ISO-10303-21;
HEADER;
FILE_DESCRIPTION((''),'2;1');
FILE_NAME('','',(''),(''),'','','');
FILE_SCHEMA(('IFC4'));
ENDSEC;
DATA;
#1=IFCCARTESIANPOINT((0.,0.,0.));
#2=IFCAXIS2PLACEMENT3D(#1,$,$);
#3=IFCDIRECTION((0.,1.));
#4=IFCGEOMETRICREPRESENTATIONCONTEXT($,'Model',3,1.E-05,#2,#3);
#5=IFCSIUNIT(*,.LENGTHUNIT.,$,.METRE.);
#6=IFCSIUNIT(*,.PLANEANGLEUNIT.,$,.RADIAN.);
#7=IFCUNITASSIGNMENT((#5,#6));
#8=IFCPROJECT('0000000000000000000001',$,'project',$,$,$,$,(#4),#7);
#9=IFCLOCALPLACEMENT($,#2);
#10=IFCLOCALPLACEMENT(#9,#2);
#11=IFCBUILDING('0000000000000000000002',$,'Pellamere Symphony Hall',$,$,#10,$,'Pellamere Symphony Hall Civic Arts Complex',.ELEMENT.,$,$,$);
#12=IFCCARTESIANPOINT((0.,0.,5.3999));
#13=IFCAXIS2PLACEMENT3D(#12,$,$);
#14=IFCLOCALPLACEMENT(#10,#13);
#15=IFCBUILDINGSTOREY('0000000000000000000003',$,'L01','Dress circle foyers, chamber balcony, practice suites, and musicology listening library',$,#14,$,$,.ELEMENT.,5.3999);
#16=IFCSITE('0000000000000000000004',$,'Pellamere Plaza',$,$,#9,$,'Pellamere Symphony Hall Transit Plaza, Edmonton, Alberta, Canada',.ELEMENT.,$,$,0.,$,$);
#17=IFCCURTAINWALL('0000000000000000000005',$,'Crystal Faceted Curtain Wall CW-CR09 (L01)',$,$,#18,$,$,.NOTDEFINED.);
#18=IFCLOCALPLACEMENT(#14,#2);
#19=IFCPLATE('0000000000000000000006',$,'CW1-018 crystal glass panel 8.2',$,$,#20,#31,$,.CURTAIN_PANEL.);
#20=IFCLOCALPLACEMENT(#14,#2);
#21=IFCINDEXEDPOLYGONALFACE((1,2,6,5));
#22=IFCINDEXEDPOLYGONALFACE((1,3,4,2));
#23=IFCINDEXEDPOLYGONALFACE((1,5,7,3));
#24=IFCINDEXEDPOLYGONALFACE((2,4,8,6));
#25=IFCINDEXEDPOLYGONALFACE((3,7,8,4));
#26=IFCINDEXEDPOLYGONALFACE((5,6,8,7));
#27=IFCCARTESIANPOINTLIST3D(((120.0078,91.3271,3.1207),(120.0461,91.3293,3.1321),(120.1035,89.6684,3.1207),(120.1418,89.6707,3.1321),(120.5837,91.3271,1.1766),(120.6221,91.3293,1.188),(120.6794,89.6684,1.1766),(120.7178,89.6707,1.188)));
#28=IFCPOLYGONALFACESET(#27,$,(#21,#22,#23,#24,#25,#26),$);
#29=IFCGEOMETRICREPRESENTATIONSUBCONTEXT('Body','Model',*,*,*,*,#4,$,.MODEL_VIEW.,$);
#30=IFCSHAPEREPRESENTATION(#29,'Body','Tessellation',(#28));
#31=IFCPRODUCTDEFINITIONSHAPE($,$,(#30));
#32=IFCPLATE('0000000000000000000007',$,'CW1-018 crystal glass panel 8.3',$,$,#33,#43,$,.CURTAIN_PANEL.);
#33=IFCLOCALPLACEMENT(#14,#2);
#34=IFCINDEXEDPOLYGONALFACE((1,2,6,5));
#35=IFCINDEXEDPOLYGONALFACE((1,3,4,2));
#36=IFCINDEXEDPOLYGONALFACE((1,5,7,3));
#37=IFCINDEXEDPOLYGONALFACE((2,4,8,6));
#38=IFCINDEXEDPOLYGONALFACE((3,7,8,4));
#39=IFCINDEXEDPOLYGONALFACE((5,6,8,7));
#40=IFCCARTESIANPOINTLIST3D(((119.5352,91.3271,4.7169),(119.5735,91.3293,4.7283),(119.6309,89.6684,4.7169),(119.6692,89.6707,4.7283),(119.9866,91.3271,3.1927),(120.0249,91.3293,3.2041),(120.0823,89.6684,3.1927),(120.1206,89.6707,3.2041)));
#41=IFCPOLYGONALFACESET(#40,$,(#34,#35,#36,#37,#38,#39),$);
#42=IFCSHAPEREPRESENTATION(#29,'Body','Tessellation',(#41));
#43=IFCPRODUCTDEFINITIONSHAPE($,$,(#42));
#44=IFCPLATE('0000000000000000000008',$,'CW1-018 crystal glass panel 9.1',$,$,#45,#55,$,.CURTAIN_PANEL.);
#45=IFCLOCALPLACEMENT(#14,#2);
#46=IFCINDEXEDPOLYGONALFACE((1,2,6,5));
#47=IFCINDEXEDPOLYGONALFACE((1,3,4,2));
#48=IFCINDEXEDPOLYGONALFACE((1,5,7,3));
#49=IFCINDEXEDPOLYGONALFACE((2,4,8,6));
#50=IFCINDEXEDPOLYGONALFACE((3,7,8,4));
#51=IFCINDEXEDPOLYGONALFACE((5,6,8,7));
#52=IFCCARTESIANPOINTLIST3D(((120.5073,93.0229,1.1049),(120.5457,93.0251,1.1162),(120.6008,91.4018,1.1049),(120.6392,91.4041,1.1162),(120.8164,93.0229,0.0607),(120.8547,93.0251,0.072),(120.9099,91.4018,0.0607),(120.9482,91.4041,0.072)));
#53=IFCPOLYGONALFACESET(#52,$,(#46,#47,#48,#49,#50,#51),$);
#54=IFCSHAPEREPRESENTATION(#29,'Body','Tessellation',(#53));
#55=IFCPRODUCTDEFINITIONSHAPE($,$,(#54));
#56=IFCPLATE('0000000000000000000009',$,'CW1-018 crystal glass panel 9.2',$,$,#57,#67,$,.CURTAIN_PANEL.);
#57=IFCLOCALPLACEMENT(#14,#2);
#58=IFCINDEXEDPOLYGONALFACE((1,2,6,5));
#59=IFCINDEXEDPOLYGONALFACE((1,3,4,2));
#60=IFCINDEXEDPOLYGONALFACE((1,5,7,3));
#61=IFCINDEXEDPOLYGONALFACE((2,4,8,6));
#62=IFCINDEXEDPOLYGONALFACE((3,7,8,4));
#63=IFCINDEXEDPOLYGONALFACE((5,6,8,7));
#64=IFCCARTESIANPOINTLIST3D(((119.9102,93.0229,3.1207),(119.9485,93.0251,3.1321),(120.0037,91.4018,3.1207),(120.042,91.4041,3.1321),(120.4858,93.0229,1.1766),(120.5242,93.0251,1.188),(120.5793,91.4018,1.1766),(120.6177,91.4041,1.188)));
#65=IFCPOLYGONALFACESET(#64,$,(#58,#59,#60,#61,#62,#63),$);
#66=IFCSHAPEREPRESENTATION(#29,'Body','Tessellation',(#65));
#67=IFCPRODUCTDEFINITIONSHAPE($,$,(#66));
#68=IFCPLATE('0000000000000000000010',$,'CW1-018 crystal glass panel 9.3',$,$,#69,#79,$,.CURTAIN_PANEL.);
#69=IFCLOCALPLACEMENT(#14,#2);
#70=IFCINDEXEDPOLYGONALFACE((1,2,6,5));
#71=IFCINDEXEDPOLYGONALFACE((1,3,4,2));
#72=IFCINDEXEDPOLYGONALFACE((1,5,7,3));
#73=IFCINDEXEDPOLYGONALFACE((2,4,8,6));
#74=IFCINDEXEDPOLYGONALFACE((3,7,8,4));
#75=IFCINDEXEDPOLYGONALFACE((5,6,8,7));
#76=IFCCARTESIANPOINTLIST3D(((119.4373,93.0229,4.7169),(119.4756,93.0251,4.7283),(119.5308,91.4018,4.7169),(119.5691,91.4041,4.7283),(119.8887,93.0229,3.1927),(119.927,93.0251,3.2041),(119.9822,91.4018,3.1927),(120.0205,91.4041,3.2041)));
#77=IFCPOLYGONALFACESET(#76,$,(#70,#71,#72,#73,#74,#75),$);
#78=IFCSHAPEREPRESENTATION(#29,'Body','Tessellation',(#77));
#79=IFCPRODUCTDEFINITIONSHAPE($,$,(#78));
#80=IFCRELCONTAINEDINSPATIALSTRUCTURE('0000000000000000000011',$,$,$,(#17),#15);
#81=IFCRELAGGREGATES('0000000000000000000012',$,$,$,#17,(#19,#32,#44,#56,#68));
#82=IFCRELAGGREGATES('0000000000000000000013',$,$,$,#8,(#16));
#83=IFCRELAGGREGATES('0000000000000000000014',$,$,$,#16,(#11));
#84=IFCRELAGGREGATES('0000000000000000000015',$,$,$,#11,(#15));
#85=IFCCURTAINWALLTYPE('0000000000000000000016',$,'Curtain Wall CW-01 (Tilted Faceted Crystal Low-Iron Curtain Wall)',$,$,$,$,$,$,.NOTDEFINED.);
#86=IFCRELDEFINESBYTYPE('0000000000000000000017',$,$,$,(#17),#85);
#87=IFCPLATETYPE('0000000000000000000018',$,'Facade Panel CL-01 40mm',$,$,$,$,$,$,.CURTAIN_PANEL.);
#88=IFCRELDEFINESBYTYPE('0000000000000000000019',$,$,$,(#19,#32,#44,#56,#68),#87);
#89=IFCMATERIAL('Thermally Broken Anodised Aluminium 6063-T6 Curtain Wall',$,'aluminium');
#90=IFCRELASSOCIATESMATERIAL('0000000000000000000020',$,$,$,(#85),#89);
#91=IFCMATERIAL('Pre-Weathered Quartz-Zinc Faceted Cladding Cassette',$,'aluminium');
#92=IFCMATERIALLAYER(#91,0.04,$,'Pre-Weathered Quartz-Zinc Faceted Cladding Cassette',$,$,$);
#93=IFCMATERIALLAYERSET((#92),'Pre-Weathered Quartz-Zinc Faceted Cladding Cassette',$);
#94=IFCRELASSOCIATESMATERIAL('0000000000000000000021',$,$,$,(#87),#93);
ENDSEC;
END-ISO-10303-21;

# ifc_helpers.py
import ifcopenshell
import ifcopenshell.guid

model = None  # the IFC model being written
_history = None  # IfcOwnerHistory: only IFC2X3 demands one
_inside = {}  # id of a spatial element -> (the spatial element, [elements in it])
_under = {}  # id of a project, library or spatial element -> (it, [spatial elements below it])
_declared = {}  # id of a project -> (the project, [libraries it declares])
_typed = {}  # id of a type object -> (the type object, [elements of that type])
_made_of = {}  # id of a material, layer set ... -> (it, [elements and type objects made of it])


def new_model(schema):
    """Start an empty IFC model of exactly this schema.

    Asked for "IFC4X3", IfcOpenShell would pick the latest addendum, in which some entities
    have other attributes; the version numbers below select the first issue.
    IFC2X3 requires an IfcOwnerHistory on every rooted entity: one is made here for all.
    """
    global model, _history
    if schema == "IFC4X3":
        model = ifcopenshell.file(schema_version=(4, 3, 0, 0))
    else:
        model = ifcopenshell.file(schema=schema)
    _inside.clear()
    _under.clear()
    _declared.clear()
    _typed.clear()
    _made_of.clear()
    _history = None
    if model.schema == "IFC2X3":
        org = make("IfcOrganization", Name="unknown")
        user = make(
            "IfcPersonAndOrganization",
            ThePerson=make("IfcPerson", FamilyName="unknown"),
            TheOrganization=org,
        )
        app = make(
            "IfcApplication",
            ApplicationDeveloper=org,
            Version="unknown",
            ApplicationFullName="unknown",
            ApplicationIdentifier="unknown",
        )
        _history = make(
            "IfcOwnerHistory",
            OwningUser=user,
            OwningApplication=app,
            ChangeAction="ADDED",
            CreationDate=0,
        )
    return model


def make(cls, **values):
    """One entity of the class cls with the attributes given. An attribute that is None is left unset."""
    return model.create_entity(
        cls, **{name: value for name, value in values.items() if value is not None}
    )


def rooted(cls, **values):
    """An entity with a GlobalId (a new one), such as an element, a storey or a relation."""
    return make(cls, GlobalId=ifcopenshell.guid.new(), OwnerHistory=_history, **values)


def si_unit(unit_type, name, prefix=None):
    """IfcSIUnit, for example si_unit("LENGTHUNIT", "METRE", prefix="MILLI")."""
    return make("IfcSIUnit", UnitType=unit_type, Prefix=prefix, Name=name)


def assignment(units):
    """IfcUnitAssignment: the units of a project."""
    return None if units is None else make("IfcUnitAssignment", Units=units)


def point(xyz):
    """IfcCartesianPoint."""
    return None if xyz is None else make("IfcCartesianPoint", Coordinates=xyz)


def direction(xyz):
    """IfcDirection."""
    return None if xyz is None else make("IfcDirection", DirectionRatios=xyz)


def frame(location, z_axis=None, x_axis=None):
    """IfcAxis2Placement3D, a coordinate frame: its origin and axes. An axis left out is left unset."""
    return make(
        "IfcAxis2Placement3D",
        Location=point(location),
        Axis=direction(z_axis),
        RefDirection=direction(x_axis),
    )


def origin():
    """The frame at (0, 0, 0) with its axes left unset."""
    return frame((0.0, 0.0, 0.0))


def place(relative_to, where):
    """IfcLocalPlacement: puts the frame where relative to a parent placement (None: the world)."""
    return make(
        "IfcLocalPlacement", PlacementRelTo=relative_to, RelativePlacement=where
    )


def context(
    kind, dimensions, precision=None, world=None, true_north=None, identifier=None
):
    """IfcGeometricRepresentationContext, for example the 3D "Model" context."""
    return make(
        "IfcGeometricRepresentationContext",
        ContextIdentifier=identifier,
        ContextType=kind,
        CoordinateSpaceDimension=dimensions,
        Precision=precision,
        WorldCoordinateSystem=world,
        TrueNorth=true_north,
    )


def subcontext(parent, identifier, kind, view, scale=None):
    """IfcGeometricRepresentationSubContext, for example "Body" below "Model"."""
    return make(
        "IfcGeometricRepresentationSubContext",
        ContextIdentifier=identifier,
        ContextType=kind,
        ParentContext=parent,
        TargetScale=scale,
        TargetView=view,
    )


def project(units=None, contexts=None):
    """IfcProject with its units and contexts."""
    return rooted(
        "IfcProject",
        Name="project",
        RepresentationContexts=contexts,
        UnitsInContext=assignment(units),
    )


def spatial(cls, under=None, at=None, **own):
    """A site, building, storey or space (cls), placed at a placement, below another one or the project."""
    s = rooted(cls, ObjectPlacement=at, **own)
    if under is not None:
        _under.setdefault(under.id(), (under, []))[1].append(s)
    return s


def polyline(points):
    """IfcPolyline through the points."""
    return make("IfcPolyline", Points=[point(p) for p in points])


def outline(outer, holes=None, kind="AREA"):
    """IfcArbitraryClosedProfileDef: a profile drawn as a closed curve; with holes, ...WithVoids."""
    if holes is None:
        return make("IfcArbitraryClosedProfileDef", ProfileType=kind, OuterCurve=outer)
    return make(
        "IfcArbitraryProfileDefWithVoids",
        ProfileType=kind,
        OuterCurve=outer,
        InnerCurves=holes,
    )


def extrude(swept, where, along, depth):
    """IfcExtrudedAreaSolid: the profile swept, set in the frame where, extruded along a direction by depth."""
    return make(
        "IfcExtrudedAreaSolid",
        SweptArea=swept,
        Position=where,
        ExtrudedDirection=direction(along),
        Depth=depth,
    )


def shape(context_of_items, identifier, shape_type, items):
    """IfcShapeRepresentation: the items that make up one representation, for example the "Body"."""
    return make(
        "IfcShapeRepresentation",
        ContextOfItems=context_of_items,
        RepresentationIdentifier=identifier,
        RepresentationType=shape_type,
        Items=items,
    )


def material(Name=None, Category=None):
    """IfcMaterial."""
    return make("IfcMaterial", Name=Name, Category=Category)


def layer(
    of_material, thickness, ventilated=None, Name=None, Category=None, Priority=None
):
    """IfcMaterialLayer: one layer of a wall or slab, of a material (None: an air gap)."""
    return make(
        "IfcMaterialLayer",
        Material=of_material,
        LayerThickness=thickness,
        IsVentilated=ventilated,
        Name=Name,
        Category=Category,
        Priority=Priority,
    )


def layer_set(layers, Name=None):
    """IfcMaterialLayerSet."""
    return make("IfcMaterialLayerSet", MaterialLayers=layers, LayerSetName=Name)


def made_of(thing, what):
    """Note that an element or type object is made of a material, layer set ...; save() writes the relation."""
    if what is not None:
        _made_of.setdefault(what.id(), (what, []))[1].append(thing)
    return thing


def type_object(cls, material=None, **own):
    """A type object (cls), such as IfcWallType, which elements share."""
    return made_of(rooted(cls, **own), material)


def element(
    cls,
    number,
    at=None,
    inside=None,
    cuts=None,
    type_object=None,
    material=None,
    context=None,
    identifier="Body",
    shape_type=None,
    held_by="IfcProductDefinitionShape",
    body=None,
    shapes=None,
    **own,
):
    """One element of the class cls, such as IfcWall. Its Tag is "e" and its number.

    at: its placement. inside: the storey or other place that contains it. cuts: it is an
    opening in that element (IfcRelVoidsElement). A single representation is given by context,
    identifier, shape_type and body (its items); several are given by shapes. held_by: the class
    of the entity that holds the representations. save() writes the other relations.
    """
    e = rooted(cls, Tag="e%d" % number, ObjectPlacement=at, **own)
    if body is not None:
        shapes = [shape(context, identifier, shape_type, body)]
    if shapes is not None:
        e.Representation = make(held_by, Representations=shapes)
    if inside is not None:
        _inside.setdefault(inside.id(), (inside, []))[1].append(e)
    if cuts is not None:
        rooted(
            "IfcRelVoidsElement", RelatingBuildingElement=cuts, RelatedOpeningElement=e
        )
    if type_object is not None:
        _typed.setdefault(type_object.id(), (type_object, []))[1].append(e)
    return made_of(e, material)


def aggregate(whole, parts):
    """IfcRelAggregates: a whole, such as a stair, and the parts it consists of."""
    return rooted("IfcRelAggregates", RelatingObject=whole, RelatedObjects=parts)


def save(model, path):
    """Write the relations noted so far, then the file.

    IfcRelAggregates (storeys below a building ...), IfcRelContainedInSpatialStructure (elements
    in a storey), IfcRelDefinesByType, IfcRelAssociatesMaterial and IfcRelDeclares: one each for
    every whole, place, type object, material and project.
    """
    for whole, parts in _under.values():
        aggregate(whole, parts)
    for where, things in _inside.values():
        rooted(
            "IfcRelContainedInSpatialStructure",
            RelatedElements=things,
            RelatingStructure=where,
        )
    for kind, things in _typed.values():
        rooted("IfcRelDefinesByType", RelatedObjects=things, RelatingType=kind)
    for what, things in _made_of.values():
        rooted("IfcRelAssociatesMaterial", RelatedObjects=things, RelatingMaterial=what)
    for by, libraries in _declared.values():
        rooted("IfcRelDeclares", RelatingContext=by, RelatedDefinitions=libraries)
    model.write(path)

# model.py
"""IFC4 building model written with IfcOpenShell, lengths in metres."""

from ifc_helpers import new_model, si_unit, direction, frame, origin, place, context, subcontext, project, spatial, polyline, outline, extrude, material, layer, layer_set, type_object, element, aggregate, save


model = new_model("IFC4")

# Units and contexts
model_context = context("Model", 3, precision=1e-05, world=origin(), true_north=direction((0.0, 1.0)))
body_context = subcontext(model_context, "Body", "Model", "MODEL_VIEW")
ifc_project = project(units=[si_unit("LENGTHUNIT", "METRE"), si_unit("PLANEANGLEUNIT", "RADIAN")], contexts=[model_context])

# Site, building, storey
site_placement = place(None, origin())
site = spatial("IfcSite", under=ifc_project, at=site_placement, Name="Pellamere Plaza", LongName="Pellamere Symphony Hall Transit Plaza, Edmonton, Alberta, Canada", CompositionType="ELEMENT", RefElevation=0.0)
building_placement = place(site_placement, origin())
building = spatial("IfcBuilding", under=site, at=building_placement, Name="Pellamere Symphony Hall", LongName="Pellamere Symphony Hall Civic Arts Complex", CompositionType="ELEMENT")
storey_placement = place(building_placement, frame((0.0, 0.0, 5.3999)))
storey = spatial("IfcBuildingStorey", under=building, at=storey_placement, Name="L01", Description="Dress circle foyers, chamber balcony, practice suites, and musicology listening library", CompositionType="ELEMENT", Elevation=5.3999)

# Curtain wall, plates
ifc_material_1 = material(Name="Thermally Broken Anodised Aluminium 6063-T6 Curtain Wall", Category="aluminium")
curtain_wall_type = type_object("IfcCurtainWallType", Name="Curtain Wall CW-01 (Tilted Faceted Crystal Low-Iron Curtain Wall)", PredefinedType="NOTDEFINED", material=ifc_material_1)
curtain_wall_placement = place(storey_placement, origin())
curtain_wall = element("IfcCurtainWall", 1, at=curtain_wall_placement, inside=storey, type_object=curtain_wall_type, Name="Crystal Faceted Curtain Wall CW-CR09 (L01)", PredefinedType="NOTDEFINED")
ifc_material_2 = material(Name="Pre-Weathered Quartz-Zinc Faceted Cladding Cassette", Category="aluminium")
ifc_layer = layer(ifc_material_2, 0.04, Name="Pre-Weathered Quartz-Zinc Faceted Cladding Cassette")
ifc_layer_set = layer_set([ifc_layer], Name="Pre-Weathered Quartz-Zinc Faceted Cladding Cassette")
plate_type = type_object("IfcPlateType", Name="Facade Panel CL-01 40mm", PredefinedType="CURTAIN_PANEL", material=ifc_layer_set)
plate_1_placement = place(storey_placement, frame((120.7178, 89.6707, 1.188), z_axis=(0.957348, 0.055237, 0.28361), x_axis=(-0.057602, 0.99834, 0.0)))
plate_1 = element("IfcPlate", 2, at=plate_1_placement, type_object=plate_type, Name="CW1-018 crystal glass panel 8.2", PredefinedType="CURTAIN_PANEL", context=body_context, shape_type="SweptSolid", body=[
    extrude(outline(polyline([(0.0, 0.0), (1.6615, 0.0), (1.6946, 2.0273), (0.0332, 2.0273), (0.0, 0.0)])), origin(), (0.0, 0.0, -1.0), 0.04),
])
plate_2_placement = place(storey_placement, frame((120.1206, 89.6707, 3.2041), z_axis=(0.957367, 0.055238, 0.283545), x_axis=(-0.057602, 0.99834, 0.0)))
plate_2 = element("IfcPlate", 3, at=plate_2_placement, type_object=plate_type, Name="CW1-018 crystal glass panel 8.3", PredefinedType="CURTAIN_PANEL", context=body_context, shape_type="SweptSolid", body=[
    extrude(outline(polyline([(0.0, 0.0), (1.6615, 0.0), (1.6875, 1.5894), (0.026, 1.5894), (0.0, 0.0)])), origin(), (0.0, 0.0, -1.0), 0.04),
])
plate_3_placement = place(storey_placement, frame((120.9482, 91.4041, 0.072), z_axis=(0.957412, 0.055224, 0.283396), x_axis=(-0.057585, 0.998341, 0.0)))
plate_3 = element("IfcPlate", 4, at=plate_3_placement, type_object=plate_type, Name="CW1-018 crystal glass panel 9.1", PredefinedType="CURTAIN_PANEL", context=body_context, shape_type="SweptSolid", body=[
    extrude(outline(polyline([(0.0, 0.0), (1.6238, 0.0), (1.6416, 1.0888), (0.0178, 1.0888), (0.0, 0.0)])), origin(), (0.0, 0.0, -1.0), 0.04),
])
plate_4_placement = place(storey_placement, frame((120.6177, 91.4041, 1.188), z_axis=(0.957381, 0.055222, 0.283499), x_axis=(-0.057585, 0.998341, 0.0)))
plate_4 = element("IfcPlate", 5, at=plate_4_placement, type_object=plate_type, Name="CW1-018 crystal glass panel 9.2", PredefinedType="CURTAIN_PANEL", context=body_context, shape_type="SweptSolid", body=[
    extrude(outline(polyline([(0.0, 0.0), (1.6238, 0.0), (1.6569, 2.0273), (0.0332, 2.0273), (0.0, 0.0)])), origin(), (0.0, 0.0, -1.0), 0.04),
])
plate_5_placement = place(storey_placement, frame((120.0205, 91.4041, 3.2041), z_axis=(0.957368, 0.055222, 0.283545), x_axis=(-0.057585, 0.998341, 0.0)))
plate_5 = element("IfcPlate", 6, at=plate_5_placement, type_object=plate_type, Name="CW1-018 crystal glass panel 9.3", PredefinedType="CURTAIN_PANEL", context=body_context, shape_type="SweptSolid", body=[
    extrude(outline(polyline([(0.0, 0.0), (1.6238, 0.0), (1.6498, 1.5894), (0.026, 1.5894), (0.0, 0.0)])), origin(), (0.0, 0.0, -1.0), 0.04),
])
aggregate(curtain_wall, [plate_1, plate_2, plate_3, plate_4, plate_5])

save(model, "model.ifc")
